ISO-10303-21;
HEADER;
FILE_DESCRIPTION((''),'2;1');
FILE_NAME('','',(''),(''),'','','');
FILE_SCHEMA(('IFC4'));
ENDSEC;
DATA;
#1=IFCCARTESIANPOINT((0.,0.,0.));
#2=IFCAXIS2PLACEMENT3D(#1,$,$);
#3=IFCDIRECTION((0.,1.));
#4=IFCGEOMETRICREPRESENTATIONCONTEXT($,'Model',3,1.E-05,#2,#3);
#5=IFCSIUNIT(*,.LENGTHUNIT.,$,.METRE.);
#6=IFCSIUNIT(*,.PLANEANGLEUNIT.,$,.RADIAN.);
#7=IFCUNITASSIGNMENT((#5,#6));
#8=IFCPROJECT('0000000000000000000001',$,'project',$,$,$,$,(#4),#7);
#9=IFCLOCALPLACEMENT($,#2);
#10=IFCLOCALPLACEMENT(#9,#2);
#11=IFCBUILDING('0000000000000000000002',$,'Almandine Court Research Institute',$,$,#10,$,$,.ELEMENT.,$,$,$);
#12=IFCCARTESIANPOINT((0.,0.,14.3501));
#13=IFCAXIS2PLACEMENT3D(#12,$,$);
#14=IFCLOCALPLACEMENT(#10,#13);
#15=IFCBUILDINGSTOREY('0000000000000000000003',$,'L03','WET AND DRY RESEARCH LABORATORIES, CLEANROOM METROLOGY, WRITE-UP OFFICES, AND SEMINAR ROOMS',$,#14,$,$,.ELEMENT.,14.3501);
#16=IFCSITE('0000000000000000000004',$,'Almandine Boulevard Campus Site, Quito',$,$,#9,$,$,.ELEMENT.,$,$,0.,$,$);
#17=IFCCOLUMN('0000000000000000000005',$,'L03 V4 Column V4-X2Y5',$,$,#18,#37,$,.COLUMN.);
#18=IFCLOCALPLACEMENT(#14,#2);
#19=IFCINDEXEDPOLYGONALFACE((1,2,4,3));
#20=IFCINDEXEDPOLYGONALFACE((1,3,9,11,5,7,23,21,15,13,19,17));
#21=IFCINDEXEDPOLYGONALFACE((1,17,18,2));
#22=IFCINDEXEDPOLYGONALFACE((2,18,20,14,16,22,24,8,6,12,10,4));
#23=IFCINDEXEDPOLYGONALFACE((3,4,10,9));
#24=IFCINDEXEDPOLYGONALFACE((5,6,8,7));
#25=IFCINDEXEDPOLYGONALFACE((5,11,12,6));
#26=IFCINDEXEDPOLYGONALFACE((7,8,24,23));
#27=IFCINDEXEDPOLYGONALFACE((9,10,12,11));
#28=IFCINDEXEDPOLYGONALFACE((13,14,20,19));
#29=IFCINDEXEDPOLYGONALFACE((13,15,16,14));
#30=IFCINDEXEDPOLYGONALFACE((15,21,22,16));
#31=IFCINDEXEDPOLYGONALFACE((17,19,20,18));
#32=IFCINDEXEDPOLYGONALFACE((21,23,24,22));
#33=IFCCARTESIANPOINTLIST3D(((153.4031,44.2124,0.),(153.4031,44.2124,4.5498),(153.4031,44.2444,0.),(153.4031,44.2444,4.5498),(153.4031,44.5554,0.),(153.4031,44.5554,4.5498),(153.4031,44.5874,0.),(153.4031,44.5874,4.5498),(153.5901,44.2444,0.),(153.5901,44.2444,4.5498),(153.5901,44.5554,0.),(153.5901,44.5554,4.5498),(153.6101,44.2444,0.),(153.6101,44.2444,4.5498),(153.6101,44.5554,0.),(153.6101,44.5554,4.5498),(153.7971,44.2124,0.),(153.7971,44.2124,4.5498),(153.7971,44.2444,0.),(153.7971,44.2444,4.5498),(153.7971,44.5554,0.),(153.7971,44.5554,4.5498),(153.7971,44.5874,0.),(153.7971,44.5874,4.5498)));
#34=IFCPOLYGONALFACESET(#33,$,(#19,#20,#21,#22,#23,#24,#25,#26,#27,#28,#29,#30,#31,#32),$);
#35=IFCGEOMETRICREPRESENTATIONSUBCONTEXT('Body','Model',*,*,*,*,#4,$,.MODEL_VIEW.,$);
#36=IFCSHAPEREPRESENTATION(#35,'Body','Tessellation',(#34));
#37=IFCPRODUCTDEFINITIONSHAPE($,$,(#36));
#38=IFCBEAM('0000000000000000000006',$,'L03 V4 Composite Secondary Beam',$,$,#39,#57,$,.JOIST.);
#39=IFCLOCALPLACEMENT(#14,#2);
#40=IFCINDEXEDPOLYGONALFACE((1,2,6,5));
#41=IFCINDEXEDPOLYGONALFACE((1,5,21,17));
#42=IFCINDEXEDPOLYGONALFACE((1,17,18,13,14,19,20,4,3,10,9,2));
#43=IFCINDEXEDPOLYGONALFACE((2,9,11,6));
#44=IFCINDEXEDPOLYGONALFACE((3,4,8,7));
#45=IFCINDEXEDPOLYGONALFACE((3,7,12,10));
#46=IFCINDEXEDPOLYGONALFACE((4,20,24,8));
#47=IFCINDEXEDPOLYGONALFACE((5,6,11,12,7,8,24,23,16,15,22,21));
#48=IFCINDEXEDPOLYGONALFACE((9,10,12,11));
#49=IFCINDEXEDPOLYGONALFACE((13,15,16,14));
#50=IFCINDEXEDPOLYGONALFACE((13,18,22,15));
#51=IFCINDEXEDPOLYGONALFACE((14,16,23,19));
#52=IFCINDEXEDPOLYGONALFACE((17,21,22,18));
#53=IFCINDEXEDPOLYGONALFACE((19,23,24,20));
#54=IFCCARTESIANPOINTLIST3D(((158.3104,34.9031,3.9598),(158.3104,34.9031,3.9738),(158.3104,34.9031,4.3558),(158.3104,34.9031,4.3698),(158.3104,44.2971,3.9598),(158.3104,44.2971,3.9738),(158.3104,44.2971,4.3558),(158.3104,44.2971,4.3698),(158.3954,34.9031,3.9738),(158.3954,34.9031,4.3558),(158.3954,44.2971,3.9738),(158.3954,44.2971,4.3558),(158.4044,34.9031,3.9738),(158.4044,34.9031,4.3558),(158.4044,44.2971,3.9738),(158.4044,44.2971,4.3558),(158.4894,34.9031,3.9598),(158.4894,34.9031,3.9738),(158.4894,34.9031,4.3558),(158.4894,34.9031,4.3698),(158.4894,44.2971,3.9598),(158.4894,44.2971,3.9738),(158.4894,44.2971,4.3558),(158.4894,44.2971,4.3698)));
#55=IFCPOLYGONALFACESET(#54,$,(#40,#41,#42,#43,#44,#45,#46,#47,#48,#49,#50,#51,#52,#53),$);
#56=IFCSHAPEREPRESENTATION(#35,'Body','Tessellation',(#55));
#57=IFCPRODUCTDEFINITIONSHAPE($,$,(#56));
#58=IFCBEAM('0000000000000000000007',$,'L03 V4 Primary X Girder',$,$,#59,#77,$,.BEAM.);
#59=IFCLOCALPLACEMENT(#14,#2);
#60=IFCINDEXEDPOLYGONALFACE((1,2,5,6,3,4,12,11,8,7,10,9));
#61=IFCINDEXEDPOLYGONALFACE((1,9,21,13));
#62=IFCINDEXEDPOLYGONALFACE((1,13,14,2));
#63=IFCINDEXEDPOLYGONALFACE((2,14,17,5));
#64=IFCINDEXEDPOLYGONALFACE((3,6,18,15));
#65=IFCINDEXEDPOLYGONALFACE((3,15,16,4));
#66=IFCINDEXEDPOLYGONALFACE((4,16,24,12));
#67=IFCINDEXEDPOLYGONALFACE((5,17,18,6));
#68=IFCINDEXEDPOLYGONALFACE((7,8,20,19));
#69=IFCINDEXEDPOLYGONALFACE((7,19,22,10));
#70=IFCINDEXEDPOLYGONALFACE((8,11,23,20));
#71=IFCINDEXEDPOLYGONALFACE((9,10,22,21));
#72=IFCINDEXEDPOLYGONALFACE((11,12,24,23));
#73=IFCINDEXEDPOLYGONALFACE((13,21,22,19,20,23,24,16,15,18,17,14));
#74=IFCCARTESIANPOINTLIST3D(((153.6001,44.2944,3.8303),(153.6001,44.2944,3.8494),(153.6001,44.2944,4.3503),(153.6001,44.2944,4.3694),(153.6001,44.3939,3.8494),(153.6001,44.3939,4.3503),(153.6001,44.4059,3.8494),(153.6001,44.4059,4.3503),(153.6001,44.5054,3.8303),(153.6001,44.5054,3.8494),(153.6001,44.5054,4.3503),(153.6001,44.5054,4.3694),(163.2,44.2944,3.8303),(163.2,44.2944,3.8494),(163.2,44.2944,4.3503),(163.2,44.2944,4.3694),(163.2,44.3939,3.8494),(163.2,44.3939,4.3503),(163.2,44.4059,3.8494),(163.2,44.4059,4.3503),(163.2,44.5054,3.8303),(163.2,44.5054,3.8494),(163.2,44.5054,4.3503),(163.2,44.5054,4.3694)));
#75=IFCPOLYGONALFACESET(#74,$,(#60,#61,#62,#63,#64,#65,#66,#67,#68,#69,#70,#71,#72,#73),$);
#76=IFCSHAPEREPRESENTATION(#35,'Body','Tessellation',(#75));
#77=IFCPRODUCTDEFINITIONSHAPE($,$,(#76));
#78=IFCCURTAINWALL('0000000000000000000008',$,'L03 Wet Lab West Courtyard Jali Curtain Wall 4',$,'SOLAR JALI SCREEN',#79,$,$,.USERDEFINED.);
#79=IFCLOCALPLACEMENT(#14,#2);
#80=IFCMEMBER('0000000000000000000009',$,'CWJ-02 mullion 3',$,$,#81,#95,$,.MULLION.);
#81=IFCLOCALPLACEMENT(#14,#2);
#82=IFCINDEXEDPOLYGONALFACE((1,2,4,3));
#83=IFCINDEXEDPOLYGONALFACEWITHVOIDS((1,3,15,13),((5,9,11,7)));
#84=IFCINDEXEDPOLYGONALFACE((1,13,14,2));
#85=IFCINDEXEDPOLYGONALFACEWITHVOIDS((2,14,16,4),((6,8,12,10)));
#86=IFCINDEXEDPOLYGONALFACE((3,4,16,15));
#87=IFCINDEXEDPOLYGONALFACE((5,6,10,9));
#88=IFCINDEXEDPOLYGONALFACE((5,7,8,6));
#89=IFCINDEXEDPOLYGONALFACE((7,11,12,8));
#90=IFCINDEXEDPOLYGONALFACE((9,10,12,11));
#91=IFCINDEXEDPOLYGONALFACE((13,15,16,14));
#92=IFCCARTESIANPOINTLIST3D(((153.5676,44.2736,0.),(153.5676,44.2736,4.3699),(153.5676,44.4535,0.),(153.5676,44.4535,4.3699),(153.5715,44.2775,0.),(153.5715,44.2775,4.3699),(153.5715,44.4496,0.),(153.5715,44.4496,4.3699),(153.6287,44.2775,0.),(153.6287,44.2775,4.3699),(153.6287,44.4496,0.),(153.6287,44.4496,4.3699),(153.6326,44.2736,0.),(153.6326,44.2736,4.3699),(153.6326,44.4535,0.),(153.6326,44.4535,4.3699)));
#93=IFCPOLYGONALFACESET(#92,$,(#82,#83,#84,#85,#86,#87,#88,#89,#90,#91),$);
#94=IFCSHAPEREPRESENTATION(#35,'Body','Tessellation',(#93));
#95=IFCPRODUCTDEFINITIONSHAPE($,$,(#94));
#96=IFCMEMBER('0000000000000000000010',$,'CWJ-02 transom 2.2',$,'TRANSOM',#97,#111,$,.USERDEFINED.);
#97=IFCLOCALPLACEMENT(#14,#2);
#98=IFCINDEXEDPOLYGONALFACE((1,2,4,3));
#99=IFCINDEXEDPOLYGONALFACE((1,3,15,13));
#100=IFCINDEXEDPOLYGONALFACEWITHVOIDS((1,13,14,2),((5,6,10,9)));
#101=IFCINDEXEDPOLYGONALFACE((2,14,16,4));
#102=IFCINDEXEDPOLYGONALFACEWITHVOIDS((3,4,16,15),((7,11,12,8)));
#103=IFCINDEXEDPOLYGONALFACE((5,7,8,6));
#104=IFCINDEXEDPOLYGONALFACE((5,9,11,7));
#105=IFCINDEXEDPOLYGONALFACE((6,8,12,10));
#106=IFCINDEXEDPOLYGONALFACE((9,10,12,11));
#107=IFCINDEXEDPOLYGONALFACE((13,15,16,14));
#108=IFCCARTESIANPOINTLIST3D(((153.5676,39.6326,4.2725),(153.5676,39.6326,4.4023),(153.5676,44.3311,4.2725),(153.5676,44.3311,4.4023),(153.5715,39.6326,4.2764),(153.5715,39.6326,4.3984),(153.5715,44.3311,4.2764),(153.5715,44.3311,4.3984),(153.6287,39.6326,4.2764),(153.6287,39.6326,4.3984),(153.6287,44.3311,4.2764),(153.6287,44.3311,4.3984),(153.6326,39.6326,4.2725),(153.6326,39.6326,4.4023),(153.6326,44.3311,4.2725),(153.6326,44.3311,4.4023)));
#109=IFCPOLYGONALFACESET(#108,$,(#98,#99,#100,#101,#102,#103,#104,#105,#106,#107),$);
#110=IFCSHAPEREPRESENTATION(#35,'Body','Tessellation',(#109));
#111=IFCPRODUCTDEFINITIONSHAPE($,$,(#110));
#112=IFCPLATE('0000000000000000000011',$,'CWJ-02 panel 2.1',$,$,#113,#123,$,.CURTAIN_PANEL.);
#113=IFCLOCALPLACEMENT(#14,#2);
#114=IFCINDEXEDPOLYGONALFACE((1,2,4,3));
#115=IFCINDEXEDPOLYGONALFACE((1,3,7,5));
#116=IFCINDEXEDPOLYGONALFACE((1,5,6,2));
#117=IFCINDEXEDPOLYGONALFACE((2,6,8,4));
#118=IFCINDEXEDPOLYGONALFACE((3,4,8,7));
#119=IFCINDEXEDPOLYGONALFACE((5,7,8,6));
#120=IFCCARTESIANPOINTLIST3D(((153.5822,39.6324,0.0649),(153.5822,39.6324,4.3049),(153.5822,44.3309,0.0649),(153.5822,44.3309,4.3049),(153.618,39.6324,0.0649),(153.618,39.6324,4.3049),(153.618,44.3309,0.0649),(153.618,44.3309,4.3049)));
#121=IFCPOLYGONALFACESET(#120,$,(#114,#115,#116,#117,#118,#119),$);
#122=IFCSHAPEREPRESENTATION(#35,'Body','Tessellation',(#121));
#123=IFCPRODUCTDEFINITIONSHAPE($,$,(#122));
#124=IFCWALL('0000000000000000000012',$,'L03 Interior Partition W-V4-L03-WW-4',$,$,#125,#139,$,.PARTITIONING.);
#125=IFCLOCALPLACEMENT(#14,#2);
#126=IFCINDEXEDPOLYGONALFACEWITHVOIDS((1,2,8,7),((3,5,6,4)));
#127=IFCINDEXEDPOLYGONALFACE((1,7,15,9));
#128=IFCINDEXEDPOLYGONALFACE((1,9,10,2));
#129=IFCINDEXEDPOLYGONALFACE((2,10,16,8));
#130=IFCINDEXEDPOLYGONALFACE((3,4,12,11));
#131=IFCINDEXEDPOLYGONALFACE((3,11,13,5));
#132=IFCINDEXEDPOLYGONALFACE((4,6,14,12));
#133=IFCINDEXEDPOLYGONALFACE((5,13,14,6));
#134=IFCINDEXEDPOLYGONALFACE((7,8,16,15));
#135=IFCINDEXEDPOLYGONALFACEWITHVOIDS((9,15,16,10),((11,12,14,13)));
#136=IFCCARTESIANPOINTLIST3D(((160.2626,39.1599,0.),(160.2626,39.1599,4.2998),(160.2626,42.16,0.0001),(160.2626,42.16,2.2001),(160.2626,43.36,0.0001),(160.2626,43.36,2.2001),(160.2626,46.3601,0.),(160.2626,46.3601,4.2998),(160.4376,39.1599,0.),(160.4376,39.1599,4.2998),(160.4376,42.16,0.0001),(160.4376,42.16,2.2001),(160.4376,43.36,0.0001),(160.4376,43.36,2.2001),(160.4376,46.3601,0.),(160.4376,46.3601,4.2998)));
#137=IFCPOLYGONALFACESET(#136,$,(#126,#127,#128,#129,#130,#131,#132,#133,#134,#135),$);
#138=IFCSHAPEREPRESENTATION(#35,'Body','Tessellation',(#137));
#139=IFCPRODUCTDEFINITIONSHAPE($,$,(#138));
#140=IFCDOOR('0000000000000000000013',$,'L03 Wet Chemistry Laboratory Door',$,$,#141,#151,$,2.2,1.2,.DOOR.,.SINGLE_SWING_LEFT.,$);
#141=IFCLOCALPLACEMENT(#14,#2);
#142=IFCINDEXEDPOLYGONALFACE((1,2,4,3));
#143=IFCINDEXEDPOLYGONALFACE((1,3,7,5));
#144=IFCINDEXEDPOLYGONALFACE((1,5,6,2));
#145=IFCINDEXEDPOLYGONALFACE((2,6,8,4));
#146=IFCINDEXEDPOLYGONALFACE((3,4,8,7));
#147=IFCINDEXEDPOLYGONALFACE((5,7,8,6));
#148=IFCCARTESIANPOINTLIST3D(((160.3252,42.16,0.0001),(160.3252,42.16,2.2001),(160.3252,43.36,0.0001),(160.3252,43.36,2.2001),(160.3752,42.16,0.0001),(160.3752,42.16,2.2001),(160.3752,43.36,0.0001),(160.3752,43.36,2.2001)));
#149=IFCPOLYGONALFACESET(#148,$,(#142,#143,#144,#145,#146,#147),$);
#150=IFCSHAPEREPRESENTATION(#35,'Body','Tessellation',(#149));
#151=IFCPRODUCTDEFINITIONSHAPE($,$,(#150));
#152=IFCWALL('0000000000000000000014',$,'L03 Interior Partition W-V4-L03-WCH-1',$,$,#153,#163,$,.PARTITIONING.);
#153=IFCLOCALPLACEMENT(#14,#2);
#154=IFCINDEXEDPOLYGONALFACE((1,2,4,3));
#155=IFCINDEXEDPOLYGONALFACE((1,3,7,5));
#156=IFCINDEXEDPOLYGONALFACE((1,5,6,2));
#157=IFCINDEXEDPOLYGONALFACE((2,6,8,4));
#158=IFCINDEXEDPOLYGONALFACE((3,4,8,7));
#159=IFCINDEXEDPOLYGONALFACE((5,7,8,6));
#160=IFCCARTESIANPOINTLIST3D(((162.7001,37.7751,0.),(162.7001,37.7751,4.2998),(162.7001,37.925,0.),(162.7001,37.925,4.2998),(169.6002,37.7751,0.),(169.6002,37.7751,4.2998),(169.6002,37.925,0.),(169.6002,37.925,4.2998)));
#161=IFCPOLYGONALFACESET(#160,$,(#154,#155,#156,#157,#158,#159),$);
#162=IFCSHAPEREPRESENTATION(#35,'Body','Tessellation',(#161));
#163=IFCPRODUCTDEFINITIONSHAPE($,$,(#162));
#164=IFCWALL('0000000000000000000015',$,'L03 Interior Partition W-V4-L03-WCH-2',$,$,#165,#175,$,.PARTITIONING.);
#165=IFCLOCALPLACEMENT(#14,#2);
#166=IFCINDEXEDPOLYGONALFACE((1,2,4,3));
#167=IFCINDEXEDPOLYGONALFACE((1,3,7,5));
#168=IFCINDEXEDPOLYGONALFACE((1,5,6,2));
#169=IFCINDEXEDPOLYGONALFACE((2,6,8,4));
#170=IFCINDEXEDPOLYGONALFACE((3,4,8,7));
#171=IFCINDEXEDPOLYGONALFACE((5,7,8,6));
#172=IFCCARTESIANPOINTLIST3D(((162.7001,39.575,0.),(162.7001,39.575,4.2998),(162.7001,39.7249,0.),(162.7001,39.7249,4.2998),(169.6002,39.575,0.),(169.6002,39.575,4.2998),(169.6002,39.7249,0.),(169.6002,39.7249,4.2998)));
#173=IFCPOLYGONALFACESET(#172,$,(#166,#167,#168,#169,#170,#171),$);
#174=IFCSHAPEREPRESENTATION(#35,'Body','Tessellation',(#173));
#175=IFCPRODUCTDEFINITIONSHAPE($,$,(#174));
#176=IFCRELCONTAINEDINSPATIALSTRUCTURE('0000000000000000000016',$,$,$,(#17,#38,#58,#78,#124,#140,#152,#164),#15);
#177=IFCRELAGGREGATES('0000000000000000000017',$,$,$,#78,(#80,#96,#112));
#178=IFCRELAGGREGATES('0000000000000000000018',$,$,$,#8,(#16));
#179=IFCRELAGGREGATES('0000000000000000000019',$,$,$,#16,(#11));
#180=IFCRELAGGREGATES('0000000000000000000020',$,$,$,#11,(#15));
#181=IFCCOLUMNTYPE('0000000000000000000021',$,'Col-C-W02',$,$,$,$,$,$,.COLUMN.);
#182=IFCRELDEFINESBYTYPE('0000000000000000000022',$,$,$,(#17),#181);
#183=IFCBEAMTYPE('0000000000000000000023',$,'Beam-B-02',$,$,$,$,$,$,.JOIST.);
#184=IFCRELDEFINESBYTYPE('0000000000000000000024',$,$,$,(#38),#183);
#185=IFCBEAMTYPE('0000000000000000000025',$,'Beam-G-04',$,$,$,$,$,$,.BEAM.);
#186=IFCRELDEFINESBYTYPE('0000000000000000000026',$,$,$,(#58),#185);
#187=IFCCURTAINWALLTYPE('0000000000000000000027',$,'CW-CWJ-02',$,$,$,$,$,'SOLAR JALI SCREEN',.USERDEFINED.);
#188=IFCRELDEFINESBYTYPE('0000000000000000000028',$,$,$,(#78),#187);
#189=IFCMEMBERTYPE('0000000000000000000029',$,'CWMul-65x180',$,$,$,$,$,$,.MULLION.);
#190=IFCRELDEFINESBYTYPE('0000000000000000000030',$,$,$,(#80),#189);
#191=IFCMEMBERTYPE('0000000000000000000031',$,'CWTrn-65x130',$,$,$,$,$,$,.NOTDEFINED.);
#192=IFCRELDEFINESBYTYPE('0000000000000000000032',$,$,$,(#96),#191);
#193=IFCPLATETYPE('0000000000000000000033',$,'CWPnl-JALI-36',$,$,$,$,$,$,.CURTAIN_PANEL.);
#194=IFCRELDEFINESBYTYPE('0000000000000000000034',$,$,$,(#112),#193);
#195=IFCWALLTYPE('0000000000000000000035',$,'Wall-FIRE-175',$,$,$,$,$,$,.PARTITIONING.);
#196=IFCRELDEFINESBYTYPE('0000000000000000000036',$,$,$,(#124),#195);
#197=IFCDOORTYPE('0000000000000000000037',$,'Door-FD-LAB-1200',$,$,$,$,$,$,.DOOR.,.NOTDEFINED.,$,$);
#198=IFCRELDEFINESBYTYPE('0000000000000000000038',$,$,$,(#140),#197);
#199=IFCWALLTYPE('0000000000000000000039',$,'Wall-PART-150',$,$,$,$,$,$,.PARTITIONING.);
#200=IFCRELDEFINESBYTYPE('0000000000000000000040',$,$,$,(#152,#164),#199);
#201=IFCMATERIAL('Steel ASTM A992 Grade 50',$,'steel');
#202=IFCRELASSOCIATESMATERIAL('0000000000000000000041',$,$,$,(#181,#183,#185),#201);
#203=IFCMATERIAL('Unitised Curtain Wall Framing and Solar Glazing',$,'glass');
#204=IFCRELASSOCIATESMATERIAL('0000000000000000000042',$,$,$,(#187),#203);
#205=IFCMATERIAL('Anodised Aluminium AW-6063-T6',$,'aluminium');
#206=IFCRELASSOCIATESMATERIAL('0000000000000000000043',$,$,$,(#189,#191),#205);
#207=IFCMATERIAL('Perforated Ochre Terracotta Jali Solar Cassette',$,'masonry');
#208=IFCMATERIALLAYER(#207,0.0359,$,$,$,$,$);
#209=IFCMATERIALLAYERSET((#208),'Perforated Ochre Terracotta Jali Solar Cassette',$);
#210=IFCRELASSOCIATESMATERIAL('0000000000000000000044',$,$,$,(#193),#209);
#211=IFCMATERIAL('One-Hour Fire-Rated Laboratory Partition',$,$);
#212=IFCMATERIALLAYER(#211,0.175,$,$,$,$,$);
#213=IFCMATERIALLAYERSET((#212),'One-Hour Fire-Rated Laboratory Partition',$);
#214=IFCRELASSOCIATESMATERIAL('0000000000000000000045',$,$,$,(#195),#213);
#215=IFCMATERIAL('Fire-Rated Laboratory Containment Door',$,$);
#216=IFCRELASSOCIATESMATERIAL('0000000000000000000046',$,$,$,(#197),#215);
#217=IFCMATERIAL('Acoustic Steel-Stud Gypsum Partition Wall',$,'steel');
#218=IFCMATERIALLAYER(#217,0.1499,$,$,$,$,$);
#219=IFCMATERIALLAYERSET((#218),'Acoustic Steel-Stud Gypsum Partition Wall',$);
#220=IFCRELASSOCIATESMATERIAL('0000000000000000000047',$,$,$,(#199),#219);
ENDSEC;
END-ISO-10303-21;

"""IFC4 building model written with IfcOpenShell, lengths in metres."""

from ifc_helpers import new_model, si_unit, direction, frame, frame_2d, origin, origin_2d, place, context, subcontext, project, spatial, rectangle, hollow_rectangle, i_section, extrude, material, layer, layer_set, material_profile, profile_set, type_object, element, fill, aggregate, save


model = new_model("IFC4")

# Units and contexts
model_context = context("Model", 3, precision=1e-05, world=origin(), true_north=direction((0.0, 1.0)))
body_context = subcontext(model_context, "Body", "Model", "MODEL_VIEW")
ifc_project = project(units=[si_unit("LENGTHUNIT", "METRE"), si_unit("PLANEANGLEUNIT", "RADIAN")], contexts=[model_context])

# Site, building, storey
site_placement = place(None, origin())
site = spatial("IfcSite", under=ifc_project, at=site_placement, Name="Almandine Boulevard Campus Site, Quito", CompositionType="ELEMENT", RefElevation=0.0)
building_placement = place(site_placement, origin())
building = spatial("IfcBuilding", under=site, at=building_placement, Name="Almandine Court Research Institute", CompositionType="ELEMENT")
storey_placement = place(building_placement, frame((0.0, 0.0, 14.3501)))
storey = spatial("IfcBuildingStorey", under=building, at=storey_placement, Name="L03", Description="WET AND DRY RESEARCH LABORATORIES, CLEANROOM METROLOGY, WRITE-UP OFFICES, AND SEMINAR ROOMS", CompositionType="ELEMENT", Elevation=14.3501)

# Column
ifc_material_1 = material(Name="Steel ASTM A992 Grade 50", Category="steel")
ifc_material_profile_1 = material_profile(ifc_material_1, i_section(OverallWidth=0.394, OverallDepth=0.375, WebThickness=0.02, FlangeThickness=0.032, at=origin_2d()), Name="W360x216")
ifc_profile_set_1 = profile_set([ifc_material_profile_1], Name="Steel ASTM A992 Grade 50")
column_type = type_object("IfcColumnType", Name="Col-C-W02", PredefinedType="COLUMN", material=ifc_profile_set_1)
column_placement = place(storey_placement, frame((153.6001, 44.3999, 0.0), z_axis=(0.0, 0.0, 1.0), x_axis=(1.0, 0.0, 0.0)))
element("IfcColumn", 1, at=column_placement, inside=storey, type_object=column_type, Name="L03 V4 Column V4-X2Y5", PredefinedType="COLUMN", context=body_context, shape_type="SweptSolid", body=[
    extrude(i_section(OverallWidth=0.394, OverallDepth=0.375, WebThickness=0.02, FlangeThickness=0.032, at=origin_2d()), origin(), (0.0, 0.0, 1.0), 4.5498),
])

# Beams
ifc_material_profile_2 = material_profile(ifc_material_1, i_section(OverallWidth=0.179, OverallDepth=0.4099, WebThickness=0.009, FlangeThickness=0.0139, at=origin_2d()), Name="W410x67")
ifc_profile_set_2 = profile_set([ifc_material_profile_2], Name="Steel ASTM A992 Grade 50")
beam_type_1 = type_object("IfcBeamType", Name="Beam-B-02", PredefinedType="JOIST", material=ifc_profile_set_2)
beam_1_placement = place(storey_placement, frame((158.3999, 34.9031, 4.1648), z_axis=(0.0, 1.0, 0.0), x_axis=(-1.0, 0.0, 0.0)))
element("IfcBeam", 2, at=beam_1_placement, inside=storey, type_object=beam_type_1, Name="L03 V4 Composite Secondary Beam", PredefinedType="JOIST", context=body_context, shape_type="SweptSolid", body=[
    extrude(i_section(OverallWidth=0.179, OverallDepth=0.4099, WebThickness=0.009, FlangeThickness=0.0139, at=origin_2d()), origin(), (0.0, 0.0, 1.0), 9.394),
])
ifc_material_profile_3 = material_profile(ifc_material_1, i_section(OverallWidth=0.2109, OverallDepth=0.5391, WebThickness=0.012, FlangeThickness=0.019, at=origin_2d()), Name="W530x109")
ifc_profile_set_3 = profile_set([ifc_material_profile_3], Name="Steel ASTM A992 Grade 50")
beam_type_2 = type_object("IfcBeamType", Name="Beam-G-04", PredefinedType="BEAM", material=ifc_profile_set_3)
beam_2_placement = place(storey_placement, frame((153.6001, 44.3999, 4.0999), z_axis=(1.0, 0.0, 0.0), x_axis=(0.0, 1.0, 0.0)))
element("IfcBeam", 3, at=beam_2_placement, inside=storey, type_object=beam_type_2, Name="L03 V4 Primary X Girder", PredefinedType="BEAM", context=body_context, shape_type="SweptSolid", body=[
    extrude(i_section(OverallWidth=0.2109, OverallDepth=0.5391, WebThickness=0.012, FlangeThickness=0.019, at=origin_2d()), origin(), (0.0, 0.0, 1.0), 9.5999),
])

# Curtain wall, members, plate
ifc_material_2 = material(Name="Unitised Curtain Wall Framing and Solar Glazing", Category="glass")
curtain_wall_type = type_object("IfcCurtainWallType", Name="CW-CWJ-02", ElementType="SOLAR JALI SCREEN", PredefinedType="USERDEFINED", material=ifc_material_2)
curtain_wall_placement = place(storey_placement, origin())
curtain_wall = element("IfcCurtainWall", 4, at=curtain_wall_placement, inside=storey, type_object=curtain_wall_type, Name="L03 Wet Lab West Courtyard Jali Curtain Wall 4", ObjectType="SOLAR JALI SCREEN", PredefinedType="USERDEFINED")
ifc_material_3 = material(Name="Anodised Aluminium AW-6063-T6", Category="aluminium")
ifc_material_profile_4 = material_profile(ifc_material_3, hollow_rectangle(XDim=0.0649, YDim=0.1799, WallThickness=0.0039, at=origin_2d()), Name="ALU RHS 65x180x4")
ifc_profile_set_4 = profile_set([ifc_material_profile_4], Name="Anodised Aluminium AW-6063-T6")
member_type_1 = type_object("IfcMemberType", Name="CWMul-65x180", PredefinedType="MULLION", material=ifc_profile_set_4)
member_1_placement = place(storey_placement, frame((153.6001, 44.3635, 0.0), z_axis=(0.0, 0.0, 1.0), x_axis=(-1.0, 0.0, 0.0)))
member_1 = element("IfcMember", 5, at=member_1_placement, type_object=member_type_1, Name="CWJ-02 mullion 3", PredefinedType="MULLION", context=body_context, shape_type="SweptSolid", body=[
    extrude(hollow_rectangle(XDim=0.0649, YDim=0.1799, WallThickness=0.0039, at=origin_2d()), origin(), (0.0, 0.0, 1.0), 4.3699),
])
ifc_material_profile_5 = material_profile(ifc_material_3, hollow_rectangle(XDim=0.0649, YDim=0.1299, WallThickness=0.0039, at=origin_2d()), Name="ALU RHS 65x130x4")
ifc_profile_set_5 = profile_set([ifc_material_profile_5], Name="Anodised Aluminium AW-6063-T6")
member_type_2 = type_object("IfcMemberType", Name="CWTrn-65x130", PredefinedType="NOTDEFINED", material=ifc_profile_set_5)
member_2_placement = place(storey_placement, frame((153.6001, 39.6326, 4.3374), z_axis=(0.0, 1.0, 0.0), x_axis=(-1.0, 0.0, 0.0)))
member_2 = element("IfcMember", 6, at=member_2_placement, type_object=member_type_2, Name="CWJ-02 transom 2.2", ObjectType="TRANSOM", PredefinedType="USERDEFINED", context=body_context, shape_type="SweptSolid", body=[
    extrude(hollow_rectangle(XDim=0.0649, YDim=0.1299, WallThickness=0.0039, at=origin_2d()), origin(), (0.0, 0.0, 1.0), 4.6985),
])
ifc_material_4 = material(Name="Perforated Ochre Terracotta Jali Solar Cassette", Category="masonry")
ifc_layer_1 = layer(ifc_material_4, 0.0359)
ifc_layer_set_1 = layer_set([ifc_layer_1], Name="Perforated Ochre Terracotta Jali Solar Cassette")
plate_type = type_object("IfcPlateType", Name="CWPnl-JALI-36", PredefinedType="CURTAIN_PANEL", material=ifc_layer_set_1)
plate_placement = place(storey_placement, frame((153.6001, 41.9817, 0.0649), z_axis=(0.0, 0.0, 1.0), x_axis=(0.0, 1.0, 0.0)))
plate = element("IfcPlate", 7, at=plate_placement, type_object=plate_type, Name="CWJ-02 panel 2.1", PredefinedType="CURTAIN_PANEL", context=body_context, shape_type="SweptSolid", body=[
    extrude(rectangle(XDim=4.6985, YDim=0.0359, at=origin_2d()), origin(), (0.0, 0.0, 1.0), 4.24),
])
aggregate(curtain_wall, [member_1, member_2, plate])

# Wall, opening, door
ifc_material_5 = material(Name="One-Hour Fire-Rated Laboratory Partition")
ifc_layer_2 = layer(ifc_material_5, 0.175)
ifc_layer_set_2 = layer_set([ifc_layer_2], Name="One-Hour Fire-Rated Laboratory Partition")
wall_type_1 = type_object("IfcWallType", Name="Wall-FIRE-175", PredefinedType="PARTITIONING", material=ifc_layer_set_2)
wall_1_placement = place(storey_placement, frame((160.3501, 39.1599, 0.0), z_axis=(0.0, 0.0, 1.0), x_axis=(0.0, 1.0, 0.0)))
wall_1 = element("IfcWall", 8, at=wall_1_placement, inside=storey, type_object=wall_type_1, Name="L03 Interior Partition W-V4-L03-WW-4", PredefinedType="PARTITIONING", context=body_context, shape_type="SweptSolid", body=[
    extrude(rectangle(XDim=7.2002, YDim=0.175, at=frame_2d((3.6001, 0.0))), origin(), (0.0, 0.0, 1.0), 4.2998),
])
opening_1_placement = place(wall_1_placement, frame((3.0, 0.0, 0.0)))
opening_1 = element("IfcOpeningElement", 9, at=opening_1_placement, cuts=wall_1, PredefinedType="OPENING", context=body_context, shape_type="SweptSolid", body=[
    extrude(rectangle(XDim=1.2, YDim=2.2, at=frame_2d((0.6001, 1.1001))), frame((0.0, 0.0974, 0.0), z_axis=(0.0, -1.0, 0.0), x_axis=(1.0, 0.0, 0.0)), (0.0, 0.0, 1.0), 0.1951),
])
ifc_material_6 = material(Name="Fire-Rated Laboratory Containment Door")
door_type_1 = type_object("IfcDoorType", Name="Door-FD-LAB-1200", OperationType="NOTDEFINED", PredefinedType="DOOR", material=ifc_material_6)
door_1_placement = place(opening_1_placement, origin())
door_1 = element("IfcDoor", 10, at=door_1_placement, inside=storey, type_object=door_type_1, Name="L03 Wet Chemistry Laboratory Door", OperationType="SINGLE_SWING_LEFT", OverallHeight=2.2, OverallWidth=1.2, PredefinedType="DOOR", context=body_context, shape_type="SweptSolid", body=[
    extrude(rectangle(XDim=1.2, YDim=2.2, at=frame_2d((0.6001, 1.1001))), frame((0.0, 0.0249, 0.0), z_axis=(0.0, -1.0, 0.0), x_axis=(1.0, 0.0, 0.0)), (0.0, 0.0, 1.0), 0.05),
])
fill(opening_1, door_1)

# Walls
ifc_material_7 = material(Name="Acoustic Steel-Stud Gypsum Partition Wall", Category="steel")
ifc_layer_3 = layer(ifc_material_7, 0.1499)
ifc_layer_set_3 = layer_set([ifc_layer_3], Name="Acoustic Steel-Stud Gypsum Partition Wall")
wall_type_2 = type_object("IfcWallType", Name="Wall-PART-150", PredefinedType="PARTITIONING", material=ifc_layer_set_3)
for number, where, z_axis, x_axis, name in (
    (11, (162.7, 37.8501, 0.0), (0.0, 0.0, 1.0), (1.0, 0.0, 0.0), "L03 Interior Partition W-V4-L03-WCH-1"),
    (12, (162.7, 39.6499, 0.0), (0.0, 0.0, 1.0), (1.0, 0.0, 0.0), "L03 Interior Partition W-V4-L03-WCH-2"),
):
    element("IfcWall", number, at=place(storey_placement, frame(where, z_axis=z_axis, x_axis=x_axis)), inside=storey, type_object=wall_type_2, Name=name, PredefinedType="PARTITIONING", context=body_context, shape_type="SweptSolid", body=[
        extrude(rectangle(XDim=6.9001, YDim=0.1499, at=frame_2d((3.4502, 0.0))), origin(), (0.0, 0.0, 1.0), 4.2998),
    ])

save(model, "model.ifc")
